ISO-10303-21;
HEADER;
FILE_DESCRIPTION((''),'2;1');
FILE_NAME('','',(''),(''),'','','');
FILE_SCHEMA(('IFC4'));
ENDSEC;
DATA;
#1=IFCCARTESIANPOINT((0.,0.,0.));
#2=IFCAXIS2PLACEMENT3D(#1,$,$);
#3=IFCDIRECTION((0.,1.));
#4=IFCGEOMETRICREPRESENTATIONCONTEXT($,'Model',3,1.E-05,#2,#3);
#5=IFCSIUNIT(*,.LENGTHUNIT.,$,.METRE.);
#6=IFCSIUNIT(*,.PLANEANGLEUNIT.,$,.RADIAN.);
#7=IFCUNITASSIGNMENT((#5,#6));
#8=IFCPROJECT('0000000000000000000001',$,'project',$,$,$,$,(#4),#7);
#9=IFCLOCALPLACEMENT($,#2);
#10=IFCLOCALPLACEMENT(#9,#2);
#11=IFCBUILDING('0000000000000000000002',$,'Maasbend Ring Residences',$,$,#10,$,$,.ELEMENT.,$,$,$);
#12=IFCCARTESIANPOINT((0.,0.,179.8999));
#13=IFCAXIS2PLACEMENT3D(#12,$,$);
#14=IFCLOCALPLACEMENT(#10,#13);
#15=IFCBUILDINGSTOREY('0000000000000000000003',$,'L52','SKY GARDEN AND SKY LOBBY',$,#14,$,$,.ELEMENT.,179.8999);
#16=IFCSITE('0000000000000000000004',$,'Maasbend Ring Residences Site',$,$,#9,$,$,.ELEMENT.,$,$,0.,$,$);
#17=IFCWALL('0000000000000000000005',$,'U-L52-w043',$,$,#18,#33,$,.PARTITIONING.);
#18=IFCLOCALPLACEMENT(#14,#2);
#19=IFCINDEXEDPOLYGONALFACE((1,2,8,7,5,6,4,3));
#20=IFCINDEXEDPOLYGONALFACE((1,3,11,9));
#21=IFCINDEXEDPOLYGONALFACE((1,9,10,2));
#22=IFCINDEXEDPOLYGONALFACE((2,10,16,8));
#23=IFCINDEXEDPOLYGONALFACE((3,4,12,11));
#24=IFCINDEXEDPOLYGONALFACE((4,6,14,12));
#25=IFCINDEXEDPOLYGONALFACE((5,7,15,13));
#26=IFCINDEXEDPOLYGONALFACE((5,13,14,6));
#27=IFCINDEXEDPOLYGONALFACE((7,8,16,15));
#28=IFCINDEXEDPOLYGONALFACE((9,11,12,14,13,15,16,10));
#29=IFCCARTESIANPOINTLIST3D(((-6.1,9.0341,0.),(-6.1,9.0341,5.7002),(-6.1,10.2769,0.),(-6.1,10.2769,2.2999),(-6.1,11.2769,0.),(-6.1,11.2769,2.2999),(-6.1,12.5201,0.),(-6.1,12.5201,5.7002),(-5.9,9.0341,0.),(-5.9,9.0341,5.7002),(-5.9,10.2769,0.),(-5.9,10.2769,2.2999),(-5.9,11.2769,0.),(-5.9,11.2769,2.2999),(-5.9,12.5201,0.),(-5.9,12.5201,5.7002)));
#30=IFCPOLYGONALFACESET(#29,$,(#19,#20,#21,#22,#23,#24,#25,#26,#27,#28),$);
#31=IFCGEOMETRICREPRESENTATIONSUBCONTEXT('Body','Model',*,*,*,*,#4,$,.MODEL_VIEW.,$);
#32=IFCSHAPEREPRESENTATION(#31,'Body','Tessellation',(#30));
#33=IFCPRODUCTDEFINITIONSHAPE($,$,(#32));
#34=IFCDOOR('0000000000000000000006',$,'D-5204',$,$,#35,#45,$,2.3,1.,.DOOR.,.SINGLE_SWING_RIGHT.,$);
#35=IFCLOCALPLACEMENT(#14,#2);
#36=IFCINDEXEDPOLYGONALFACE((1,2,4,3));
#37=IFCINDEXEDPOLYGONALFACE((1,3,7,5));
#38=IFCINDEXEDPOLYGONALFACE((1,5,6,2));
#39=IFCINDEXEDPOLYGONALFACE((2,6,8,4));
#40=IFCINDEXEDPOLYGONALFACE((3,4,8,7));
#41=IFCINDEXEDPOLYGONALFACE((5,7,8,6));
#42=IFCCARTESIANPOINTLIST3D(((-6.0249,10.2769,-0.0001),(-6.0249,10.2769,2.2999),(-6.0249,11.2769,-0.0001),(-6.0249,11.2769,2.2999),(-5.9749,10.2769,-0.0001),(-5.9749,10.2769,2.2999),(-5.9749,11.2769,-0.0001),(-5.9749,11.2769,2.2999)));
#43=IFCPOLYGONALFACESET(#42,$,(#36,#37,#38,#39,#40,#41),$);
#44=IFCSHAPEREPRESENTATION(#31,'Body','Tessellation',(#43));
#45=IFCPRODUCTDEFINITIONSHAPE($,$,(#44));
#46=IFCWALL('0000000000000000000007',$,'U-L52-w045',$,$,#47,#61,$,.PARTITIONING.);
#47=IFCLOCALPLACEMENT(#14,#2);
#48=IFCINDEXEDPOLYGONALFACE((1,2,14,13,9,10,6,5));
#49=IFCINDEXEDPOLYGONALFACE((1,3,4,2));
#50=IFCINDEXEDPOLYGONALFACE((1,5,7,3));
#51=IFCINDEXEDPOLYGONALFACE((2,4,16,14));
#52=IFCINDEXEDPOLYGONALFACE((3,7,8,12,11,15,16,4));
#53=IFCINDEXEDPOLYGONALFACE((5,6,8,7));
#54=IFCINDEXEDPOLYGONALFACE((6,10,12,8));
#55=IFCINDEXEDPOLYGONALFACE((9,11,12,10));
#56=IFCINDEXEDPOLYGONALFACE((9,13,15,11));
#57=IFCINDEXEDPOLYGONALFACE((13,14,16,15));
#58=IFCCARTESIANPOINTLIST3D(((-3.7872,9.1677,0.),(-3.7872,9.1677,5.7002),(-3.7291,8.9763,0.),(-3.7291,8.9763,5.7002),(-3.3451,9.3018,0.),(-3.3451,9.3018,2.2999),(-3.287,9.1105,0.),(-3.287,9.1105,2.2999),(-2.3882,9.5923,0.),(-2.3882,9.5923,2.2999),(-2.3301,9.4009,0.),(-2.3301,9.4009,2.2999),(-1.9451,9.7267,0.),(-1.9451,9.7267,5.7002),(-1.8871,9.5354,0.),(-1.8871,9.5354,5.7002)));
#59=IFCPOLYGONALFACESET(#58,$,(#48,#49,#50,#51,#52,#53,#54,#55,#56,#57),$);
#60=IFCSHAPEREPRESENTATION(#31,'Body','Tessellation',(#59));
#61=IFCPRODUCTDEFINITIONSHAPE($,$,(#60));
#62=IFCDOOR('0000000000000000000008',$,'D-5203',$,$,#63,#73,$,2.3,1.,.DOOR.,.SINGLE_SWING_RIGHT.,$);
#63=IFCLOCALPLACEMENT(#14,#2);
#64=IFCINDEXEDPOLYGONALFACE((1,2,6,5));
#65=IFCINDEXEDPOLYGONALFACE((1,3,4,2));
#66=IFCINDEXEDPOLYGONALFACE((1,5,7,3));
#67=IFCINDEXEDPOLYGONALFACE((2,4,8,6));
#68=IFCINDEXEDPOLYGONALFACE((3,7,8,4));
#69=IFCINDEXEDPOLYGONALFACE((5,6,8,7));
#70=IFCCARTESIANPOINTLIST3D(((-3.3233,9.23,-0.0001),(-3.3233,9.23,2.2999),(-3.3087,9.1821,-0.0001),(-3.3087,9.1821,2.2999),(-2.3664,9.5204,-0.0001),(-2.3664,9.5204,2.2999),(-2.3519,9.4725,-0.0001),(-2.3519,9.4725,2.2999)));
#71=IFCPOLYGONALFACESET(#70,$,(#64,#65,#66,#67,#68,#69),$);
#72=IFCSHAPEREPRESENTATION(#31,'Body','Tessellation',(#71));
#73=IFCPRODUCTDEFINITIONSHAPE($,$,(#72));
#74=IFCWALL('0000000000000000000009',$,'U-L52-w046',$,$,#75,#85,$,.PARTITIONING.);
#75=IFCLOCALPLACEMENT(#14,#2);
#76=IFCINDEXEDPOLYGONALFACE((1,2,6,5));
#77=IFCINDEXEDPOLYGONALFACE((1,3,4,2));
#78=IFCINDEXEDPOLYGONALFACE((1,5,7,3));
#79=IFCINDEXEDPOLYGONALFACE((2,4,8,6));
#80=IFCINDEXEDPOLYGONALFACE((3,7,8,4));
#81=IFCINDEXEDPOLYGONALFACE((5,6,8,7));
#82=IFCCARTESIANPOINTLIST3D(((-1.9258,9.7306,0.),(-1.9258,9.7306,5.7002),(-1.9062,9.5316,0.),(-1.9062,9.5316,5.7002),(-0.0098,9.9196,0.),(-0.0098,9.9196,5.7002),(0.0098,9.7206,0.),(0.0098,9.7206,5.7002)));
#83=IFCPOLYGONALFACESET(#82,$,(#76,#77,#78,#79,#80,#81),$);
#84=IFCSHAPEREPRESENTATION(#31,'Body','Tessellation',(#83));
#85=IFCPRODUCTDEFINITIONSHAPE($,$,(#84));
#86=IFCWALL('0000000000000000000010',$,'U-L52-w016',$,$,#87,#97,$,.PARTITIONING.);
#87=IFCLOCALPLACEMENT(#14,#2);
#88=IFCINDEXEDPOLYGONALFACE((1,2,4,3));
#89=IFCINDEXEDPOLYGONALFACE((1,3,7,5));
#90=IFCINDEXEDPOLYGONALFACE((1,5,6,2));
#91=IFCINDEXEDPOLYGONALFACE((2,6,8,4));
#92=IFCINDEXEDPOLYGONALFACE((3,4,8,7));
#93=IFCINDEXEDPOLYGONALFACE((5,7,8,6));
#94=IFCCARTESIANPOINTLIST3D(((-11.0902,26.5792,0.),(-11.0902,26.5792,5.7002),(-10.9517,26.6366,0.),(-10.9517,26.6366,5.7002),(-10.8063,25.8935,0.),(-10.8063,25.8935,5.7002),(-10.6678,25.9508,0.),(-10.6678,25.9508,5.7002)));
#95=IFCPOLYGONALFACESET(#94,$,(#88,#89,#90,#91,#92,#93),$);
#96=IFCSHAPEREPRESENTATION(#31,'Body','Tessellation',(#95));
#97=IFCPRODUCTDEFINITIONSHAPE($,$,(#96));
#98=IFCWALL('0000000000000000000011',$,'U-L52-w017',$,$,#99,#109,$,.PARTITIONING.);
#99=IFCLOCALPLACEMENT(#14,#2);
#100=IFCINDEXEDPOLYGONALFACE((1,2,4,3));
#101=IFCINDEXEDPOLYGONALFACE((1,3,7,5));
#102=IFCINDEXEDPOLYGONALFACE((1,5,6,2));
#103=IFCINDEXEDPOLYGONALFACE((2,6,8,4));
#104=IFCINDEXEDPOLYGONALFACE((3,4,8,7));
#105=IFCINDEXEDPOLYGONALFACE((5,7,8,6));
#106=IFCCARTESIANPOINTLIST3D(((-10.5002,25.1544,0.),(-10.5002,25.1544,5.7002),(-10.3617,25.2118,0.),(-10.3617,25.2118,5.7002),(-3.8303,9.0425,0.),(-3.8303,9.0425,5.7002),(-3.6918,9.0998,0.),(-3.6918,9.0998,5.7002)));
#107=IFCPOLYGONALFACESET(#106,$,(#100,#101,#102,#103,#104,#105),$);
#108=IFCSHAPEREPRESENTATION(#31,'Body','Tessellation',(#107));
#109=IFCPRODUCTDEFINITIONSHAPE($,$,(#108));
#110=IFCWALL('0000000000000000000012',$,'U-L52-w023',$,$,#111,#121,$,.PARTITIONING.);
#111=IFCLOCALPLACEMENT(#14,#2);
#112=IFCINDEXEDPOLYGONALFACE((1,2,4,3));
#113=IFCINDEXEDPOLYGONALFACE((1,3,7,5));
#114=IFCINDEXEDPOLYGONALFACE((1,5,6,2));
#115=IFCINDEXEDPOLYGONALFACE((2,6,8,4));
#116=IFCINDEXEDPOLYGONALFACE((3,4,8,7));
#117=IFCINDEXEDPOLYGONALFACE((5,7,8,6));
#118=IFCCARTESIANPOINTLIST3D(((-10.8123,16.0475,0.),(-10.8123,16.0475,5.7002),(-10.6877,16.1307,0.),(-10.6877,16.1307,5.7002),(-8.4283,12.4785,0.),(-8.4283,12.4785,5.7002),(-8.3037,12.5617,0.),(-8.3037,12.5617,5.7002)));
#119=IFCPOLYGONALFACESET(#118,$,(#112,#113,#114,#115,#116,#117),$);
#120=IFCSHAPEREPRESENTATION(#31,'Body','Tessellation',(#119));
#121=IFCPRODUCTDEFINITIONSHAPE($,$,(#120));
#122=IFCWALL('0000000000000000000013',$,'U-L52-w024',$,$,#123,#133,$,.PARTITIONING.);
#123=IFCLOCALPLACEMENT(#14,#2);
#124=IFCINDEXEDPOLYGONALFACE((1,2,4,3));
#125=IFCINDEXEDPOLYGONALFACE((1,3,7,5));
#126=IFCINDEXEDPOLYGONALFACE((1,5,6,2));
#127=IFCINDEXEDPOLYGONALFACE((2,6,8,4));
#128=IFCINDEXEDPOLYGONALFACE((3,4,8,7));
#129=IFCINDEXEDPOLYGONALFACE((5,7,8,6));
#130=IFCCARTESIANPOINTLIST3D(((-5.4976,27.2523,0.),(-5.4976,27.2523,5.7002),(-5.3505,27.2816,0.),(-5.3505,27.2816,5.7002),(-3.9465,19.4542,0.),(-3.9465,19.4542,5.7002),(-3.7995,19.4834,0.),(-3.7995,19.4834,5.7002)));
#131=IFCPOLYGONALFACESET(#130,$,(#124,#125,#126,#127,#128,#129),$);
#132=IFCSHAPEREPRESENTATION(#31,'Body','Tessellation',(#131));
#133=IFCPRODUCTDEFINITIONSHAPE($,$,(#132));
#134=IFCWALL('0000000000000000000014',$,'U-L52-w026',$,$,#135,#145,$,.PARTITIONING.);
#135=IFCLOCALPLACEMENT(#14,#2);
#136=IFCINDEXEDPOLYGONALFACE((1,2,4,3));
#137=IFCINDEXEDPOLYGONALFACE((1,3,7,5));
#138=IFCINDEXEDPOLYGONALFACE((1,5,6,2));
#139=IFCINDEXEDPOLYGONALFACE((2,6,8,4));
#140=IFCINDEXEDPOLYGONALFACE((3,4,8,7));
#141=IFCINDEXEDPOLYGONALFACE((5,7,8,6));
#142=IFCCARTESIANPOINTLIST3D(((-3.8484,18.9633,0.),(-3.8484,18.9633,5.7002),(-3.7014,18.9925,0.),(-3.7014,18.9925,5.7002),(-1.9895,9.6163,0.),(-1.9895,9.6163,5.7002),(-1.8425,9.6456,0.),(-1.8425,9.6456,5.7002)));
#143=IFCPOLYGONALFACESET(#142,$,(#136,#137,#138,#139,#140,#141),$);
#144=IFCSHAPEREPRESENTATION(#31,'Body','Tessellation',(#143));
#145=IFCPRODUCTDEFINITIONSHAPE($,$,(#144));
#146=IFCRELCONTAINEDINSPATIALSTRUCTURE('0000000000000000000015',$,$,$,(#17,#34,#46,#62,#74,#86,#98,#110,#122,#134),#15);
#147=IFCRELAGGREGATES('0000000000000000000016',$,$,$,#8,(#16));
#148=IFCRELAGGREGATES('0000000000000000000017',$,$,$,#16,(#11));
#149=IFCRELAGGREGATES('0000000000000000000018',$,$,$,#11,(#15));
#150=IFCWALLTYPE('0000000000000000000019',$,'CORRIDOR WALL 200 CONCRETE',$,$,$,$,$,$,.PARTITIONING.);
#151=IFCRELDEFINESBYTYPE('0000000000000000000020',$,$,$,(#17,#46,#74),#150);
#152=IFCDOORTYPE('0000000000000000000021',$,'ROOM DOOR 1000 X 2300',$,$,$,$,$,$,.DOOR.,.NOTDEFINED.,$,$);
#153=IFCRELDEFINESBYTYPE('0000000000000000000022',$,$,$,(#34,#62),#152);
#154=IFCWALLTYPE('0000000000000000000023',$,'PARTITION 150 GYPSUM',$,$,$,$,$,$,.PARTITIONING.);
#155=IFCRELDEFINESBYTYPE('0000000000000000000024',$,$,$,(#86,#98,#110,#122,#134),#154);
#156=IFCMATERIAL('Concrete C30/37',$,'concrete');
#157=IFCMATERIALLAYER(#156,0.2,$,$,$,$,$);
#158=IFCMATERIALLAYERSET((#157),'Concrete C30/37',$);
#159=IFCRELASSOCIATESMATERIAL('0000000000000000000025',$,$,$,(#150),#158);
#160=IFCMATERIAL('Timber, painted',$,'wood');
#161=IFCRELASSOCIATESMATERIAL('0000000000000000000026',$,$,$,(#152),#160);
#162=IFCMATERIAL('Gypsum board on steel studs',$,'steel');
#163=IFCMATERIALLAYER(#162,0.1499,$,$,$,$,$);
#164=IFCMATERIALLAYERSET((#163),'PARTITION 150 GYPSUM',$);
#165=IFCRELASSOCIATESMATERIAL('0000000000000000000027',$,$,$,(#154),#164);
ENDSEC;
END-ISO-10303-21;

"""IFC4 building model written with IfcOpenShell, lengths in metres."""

from ifc_helpers import new_model, si_unit, direction, frame, frame_2d, origin, place, context, subcontext, project, spatial, rectangle, extrude, material, layer, layer_set, type_object, element, fill, save


model = new_model("IFC4")

# Units and contexts
model_context = context("Model", 3, precision=1e-05, world=origin(), true_north=direction((0.0, 1.0)))
body_context = subcontext(model_context, "Body", "Model", "MODEL_VIEW")
ifc_project = project(units=[si_unit("LENGTHUNIT", "METRE"), si_unit("PLANEANGLEUNIT", "RADIAN")], contexts=[model_context])

# Site, building, storey
site_placement = place(None, origin())
site = spatial("IfcSite", under=ifc_project, at=site_placement, Name="Maasbend Ring Residences Site", CompositionType="ELEMENT", RefElevation=0.0)
building_placement = place(site_placement, origin())
building = spatial("IfcBuilding", under=site, at=building_placement, Name="Maasbend Ring Residences", CompositionType="ELEMENT")
storey_placement = place(building_placement, frame((0.0, 0.0, 179.8999)))
storey = spatial("IfcBuildingStorey", under=building, at=storey_placement, Name="L52", Description="SKY GARDEN AND SKY LOBBY", CompositionType="ELEMENT", Elevation=179.8999)

# Shared definitions
ifc_material_1 = material(Name="Concrete C30/37", Category="concrete")
ifc_layer_1 = layer(ifc_material_1, 0.2)
ifc_layer_set_1 = layer_set([ifc_layer_1], Name="Concrete C30/37")
wall_type_1 = type_object("IfcWallType", Name="CORRIDOR WALL 200 CONCRETE", PredefinedType="PARTITIONING", material=ifc_layer_set_1)

# Walls, openings, doors
wall_1_placement = place(storey_placement, frame((-6.0, 9.0339, 0.0), z_axis=(0.0, 0.0, 1.0), x_axis=(0.0, 1.0, 0.0)))
wall_1 = element("IfcWall", 1, at=wall_1_placement, inside=storey, type_object=wall_type_1, Name="U-L52-w043", PredefinedType="PARTITIONING", context=body_context, shape_type="SweptSolid", body=[
    extrude(rectangle(XDim=3.4861, YDim=0.2, at=frame_2d((1.7432, 0.0))), origin(), (0.0, 0.0, 1.0), 5.7002),
])
opening_1_placement = place(wall_1_placement, frame((1.2429, 0.0, 0.0)))
opening_1 = element("IfcOpeningElement", 2, at=opening_1_placement, cuts=wall_1, PredefinedType="OPENING", context=body_context, shape_type="SweptSolid", body=[
    extrude(rectangle(XDim=1.0, YDim=2.3, at=frame_2d((0.5, 1.1499))), frame((0.0, 0.1099, 0.0), z_axis=(0.0, -1.0, 0.0), x_axis=(1.0, 0.0, 0.0)), (0.0, 0.0, 1.0), 0.22),
])
ifc_material_2 = material(Name="Timber, painted", Category="wood")
door_type_1 = type_object("IfcDoorType", Name="ROOM DOOR 1000 X 2300", OperationType="NOTDEFINED", PredefinedType="DOOR", material=ifc_material_2)
door_1_placement = place(opening_1_placement, origin())
door_1 = element("IfcDoor", 3, at=door_1_placement, inside=storey, type_object=door_type_1, Name="D-5204", OperationType="SINGLE_SWING_RIGHT", OverallHeight=2.3, OverallWidth=1.0, PredefinedType="DOOR", context=body_context, shape_type="SweptSolid", body=[
    extrude(rectangle(XDim=1.0, YDim=2.3, at=frame_2d((0.5, 1.1499))), frame((0.0, 0.0249, 0.0), z_axis=(0.0, -1.0, 0.0), x_axis=(1.0, 0.0, 0.0)), (0.0, 0.0, 1.0), 0.05),
])
fill(opening_1, door_1)
wall_2_placement = place(storey_placement, frame((-3.7581, 9.072, 0.0), z_axis=(0.0, 0.0, 1.0), x_axis=(0.956896, 0.29043, 0.0)))
wall_2 = element("IfcWall", 4, at=wall_2_placement, inside=storey, type_object=wall_type_1, Name="U-L52-w045", PredefinedType="PARTITIONING", context=body_context, shape_type="SweptSolid", body=[
    extrude(rectangle(XDim=1.925, YDim=0.2, at=frame_2d((0.9624, 0.0))), origin(), (0.0, 0.0, 1.0), 5.7002),
])
opening_2_placement = place(wall_2_placement, frame((0.4619, 0.0, 0.0)))
opening_2 = element("IfcOpeningElement", 5, at=opening_2_placement, cuts=wall_2, PredefinedType="OPENING", context=body_context, shape_type="SweptSolid", body=[
    extrude(rectangle(XDim=1.0, YDim=2.3, at=frame_2d((0.5, 1.1499))), frame((0.0, 0.1099, 0.0), z_axis=(0.0, -1.0, 0.0), x_axis=(1.0, 0.0, 0.0)), (0.0, 0.0, 1.0), 0.22),
])
door_2_placement = place(opening_2_placement, origin())
door_2 = element("IfcDoor", 6, at=door_2_placement, inside=storey, type_object=door_type_1, Name="D-5203", OperationType="SINGLE_SWING_RIGHT", OverallHeight=2.3, OverallWidth=1.0, PredefinedType="DOOR", context=body_context, shape_type="SweptSolid", body=[
    extrude(rectangle(XDim=1.0, YDim=2.3, at=frame_2d((0.5, 1.1499))), frame((0.0, 0.0249, 0.0), z_axis=(0.0, -1.0, 0.0), x_axis=(1.0, 0.0, 0.0)), (0.0, 0.0, 1.0), 0.05),
])
fill(opening_2, door_2)

# Walls
wall_3_placement = place(storey_placement, frame((-1.916, 9.6311, 0.0), z_axis=(0.0, 0.0, 1.0), x_axis=(0.995172, 0.098148, 0.0)))
element("IfcWall", 7, at=wall_3_placement, inside=storey, type_object=wall_type_1, Name="U-L52-w046", PredefinedType="PARTITIONING", context=body_context, shape_type="SweptSolid", body=[
    extrude(rectangle(XDim=1.9253, YDim=0.2, at=frame_2d((0.9626, 0.0))), origin(), (0.0, 0.0, 1.0), 5.7002),
])
ifc_material_3 = material(Name="Gypsum board on steel studs", Category="steel")
ifc_layer_2 = layer(ifc_material_3, 0.1499)
ifc_layer_set_2 = layer_set([ifc_layer_2], Name="PARTITION 150 GYPSUM")
wall_type_2 = type_object("IfcWallType", Name="PARTITION 150 GYPSUM", PredefinedType="PARTITIONING", material=ifc_layer_set_2)
wall_4_placement = place(storey_placement, frame((-11.021, 26.6079, 0.0), z_axis=(0.0, 0.0, 1.0), x_axis=(0.382536, -0.923941, 0.0)))
element("IfcWall", 8, at=wall_4_placement, inside=storey, type_object=wall_type_2, Name="U-L52-w016", PredefinedType="PARTITIONING", context=body_context, shape_type="SweptSolid", body=[
    extrude(rectangle(XDim=0.7422, YDim=0.1499, at=frame_2d((0.3711, 0.0))), origin(), (0.0, 0.0, 1.0), 5.7002),
])
wall_5_placement = place(storey_placement, frame((-10.4309, 25.1831, 0.0), z_axis=(0.0, 0.0, 1.0), x_axis=(0.382492, -0.923959, 0.0)))
element("IfcWall", 9, at=wall_5_placement, inside=storey, type_object=wall_type_2, Name="U-L52-w017", PredefinedType="PARTITIONING", context=body_context, shape_type="SweptSolid", body=[
    extrude(rectangle(XDim=17.438, YDim=0.1499, at=frame_2d((8.719, 0.0))), origin(), (0.0, 0.0, 1.0), 5.7002),
])
wall_6_placement = place(storey_placement, frame((-10.75, 16.0891, 0.0), z_axis=(0.0, 0.0, 1.0), x_axis=(0.555448, -0.831551, 0.0)))
element("IfcWall", 10, at=wall_6_placement, inside=storey, type_object=wall_type_2, Name="U-L52-w023", PredefinedType="PARTITIONING", context=body_context, shape_type="SweptSolid", body=[
    extrude(rectangle(XDim=4.292, YDim=0.1499, at=frame_2d((2.146, 0.0))), origin(), (0.0, 0.0, 1.0), 5.7002),
])
wall_7_placement = place(storey_placement, frame((-5.4241, 27.2671, 0.0), z_axis=(0.0, 0.0, 1.0), x_axis=(0.195077, -0.980788, 0.0)))
element("IfcWall", 11, at=wall_7_placement, inside=storey, type_object=wall_type_2, Name="U-L52-w024", PredefinedType="PARTITIONING", context=body_context, shape_type="SweptSolid", body=[
    extrude(rectangle(XDim=7.9509, YDim=0.1499, at=frame_2d((3.9756, 0.0))), origin(), (0.0, 0.0, 1.0), 5.7002),
])
wall_8_placement = place(storey_placement, frame((-3.7749, 18.978, 0.0), z_axis=(0.0, 0.0, 1.0), x_axis=(0.195057, -0.980792, 0.0)))
element("IfcWall", 12, at=wall_8_placement, inside=storey, type_object=wall_type_2, Name="U-L52-w026", PredefinedType="PARTITIONING", context=body_context, shape_type="SweptSolid", body=[
    extrude(rectangle(XDim=9.53, YDim=0.1499, at=frame_2d((4.7651, 0.0))), origin(), (0.0, 0.0, 1.0), 5.7002),
])

save(model, "model.ifc")
